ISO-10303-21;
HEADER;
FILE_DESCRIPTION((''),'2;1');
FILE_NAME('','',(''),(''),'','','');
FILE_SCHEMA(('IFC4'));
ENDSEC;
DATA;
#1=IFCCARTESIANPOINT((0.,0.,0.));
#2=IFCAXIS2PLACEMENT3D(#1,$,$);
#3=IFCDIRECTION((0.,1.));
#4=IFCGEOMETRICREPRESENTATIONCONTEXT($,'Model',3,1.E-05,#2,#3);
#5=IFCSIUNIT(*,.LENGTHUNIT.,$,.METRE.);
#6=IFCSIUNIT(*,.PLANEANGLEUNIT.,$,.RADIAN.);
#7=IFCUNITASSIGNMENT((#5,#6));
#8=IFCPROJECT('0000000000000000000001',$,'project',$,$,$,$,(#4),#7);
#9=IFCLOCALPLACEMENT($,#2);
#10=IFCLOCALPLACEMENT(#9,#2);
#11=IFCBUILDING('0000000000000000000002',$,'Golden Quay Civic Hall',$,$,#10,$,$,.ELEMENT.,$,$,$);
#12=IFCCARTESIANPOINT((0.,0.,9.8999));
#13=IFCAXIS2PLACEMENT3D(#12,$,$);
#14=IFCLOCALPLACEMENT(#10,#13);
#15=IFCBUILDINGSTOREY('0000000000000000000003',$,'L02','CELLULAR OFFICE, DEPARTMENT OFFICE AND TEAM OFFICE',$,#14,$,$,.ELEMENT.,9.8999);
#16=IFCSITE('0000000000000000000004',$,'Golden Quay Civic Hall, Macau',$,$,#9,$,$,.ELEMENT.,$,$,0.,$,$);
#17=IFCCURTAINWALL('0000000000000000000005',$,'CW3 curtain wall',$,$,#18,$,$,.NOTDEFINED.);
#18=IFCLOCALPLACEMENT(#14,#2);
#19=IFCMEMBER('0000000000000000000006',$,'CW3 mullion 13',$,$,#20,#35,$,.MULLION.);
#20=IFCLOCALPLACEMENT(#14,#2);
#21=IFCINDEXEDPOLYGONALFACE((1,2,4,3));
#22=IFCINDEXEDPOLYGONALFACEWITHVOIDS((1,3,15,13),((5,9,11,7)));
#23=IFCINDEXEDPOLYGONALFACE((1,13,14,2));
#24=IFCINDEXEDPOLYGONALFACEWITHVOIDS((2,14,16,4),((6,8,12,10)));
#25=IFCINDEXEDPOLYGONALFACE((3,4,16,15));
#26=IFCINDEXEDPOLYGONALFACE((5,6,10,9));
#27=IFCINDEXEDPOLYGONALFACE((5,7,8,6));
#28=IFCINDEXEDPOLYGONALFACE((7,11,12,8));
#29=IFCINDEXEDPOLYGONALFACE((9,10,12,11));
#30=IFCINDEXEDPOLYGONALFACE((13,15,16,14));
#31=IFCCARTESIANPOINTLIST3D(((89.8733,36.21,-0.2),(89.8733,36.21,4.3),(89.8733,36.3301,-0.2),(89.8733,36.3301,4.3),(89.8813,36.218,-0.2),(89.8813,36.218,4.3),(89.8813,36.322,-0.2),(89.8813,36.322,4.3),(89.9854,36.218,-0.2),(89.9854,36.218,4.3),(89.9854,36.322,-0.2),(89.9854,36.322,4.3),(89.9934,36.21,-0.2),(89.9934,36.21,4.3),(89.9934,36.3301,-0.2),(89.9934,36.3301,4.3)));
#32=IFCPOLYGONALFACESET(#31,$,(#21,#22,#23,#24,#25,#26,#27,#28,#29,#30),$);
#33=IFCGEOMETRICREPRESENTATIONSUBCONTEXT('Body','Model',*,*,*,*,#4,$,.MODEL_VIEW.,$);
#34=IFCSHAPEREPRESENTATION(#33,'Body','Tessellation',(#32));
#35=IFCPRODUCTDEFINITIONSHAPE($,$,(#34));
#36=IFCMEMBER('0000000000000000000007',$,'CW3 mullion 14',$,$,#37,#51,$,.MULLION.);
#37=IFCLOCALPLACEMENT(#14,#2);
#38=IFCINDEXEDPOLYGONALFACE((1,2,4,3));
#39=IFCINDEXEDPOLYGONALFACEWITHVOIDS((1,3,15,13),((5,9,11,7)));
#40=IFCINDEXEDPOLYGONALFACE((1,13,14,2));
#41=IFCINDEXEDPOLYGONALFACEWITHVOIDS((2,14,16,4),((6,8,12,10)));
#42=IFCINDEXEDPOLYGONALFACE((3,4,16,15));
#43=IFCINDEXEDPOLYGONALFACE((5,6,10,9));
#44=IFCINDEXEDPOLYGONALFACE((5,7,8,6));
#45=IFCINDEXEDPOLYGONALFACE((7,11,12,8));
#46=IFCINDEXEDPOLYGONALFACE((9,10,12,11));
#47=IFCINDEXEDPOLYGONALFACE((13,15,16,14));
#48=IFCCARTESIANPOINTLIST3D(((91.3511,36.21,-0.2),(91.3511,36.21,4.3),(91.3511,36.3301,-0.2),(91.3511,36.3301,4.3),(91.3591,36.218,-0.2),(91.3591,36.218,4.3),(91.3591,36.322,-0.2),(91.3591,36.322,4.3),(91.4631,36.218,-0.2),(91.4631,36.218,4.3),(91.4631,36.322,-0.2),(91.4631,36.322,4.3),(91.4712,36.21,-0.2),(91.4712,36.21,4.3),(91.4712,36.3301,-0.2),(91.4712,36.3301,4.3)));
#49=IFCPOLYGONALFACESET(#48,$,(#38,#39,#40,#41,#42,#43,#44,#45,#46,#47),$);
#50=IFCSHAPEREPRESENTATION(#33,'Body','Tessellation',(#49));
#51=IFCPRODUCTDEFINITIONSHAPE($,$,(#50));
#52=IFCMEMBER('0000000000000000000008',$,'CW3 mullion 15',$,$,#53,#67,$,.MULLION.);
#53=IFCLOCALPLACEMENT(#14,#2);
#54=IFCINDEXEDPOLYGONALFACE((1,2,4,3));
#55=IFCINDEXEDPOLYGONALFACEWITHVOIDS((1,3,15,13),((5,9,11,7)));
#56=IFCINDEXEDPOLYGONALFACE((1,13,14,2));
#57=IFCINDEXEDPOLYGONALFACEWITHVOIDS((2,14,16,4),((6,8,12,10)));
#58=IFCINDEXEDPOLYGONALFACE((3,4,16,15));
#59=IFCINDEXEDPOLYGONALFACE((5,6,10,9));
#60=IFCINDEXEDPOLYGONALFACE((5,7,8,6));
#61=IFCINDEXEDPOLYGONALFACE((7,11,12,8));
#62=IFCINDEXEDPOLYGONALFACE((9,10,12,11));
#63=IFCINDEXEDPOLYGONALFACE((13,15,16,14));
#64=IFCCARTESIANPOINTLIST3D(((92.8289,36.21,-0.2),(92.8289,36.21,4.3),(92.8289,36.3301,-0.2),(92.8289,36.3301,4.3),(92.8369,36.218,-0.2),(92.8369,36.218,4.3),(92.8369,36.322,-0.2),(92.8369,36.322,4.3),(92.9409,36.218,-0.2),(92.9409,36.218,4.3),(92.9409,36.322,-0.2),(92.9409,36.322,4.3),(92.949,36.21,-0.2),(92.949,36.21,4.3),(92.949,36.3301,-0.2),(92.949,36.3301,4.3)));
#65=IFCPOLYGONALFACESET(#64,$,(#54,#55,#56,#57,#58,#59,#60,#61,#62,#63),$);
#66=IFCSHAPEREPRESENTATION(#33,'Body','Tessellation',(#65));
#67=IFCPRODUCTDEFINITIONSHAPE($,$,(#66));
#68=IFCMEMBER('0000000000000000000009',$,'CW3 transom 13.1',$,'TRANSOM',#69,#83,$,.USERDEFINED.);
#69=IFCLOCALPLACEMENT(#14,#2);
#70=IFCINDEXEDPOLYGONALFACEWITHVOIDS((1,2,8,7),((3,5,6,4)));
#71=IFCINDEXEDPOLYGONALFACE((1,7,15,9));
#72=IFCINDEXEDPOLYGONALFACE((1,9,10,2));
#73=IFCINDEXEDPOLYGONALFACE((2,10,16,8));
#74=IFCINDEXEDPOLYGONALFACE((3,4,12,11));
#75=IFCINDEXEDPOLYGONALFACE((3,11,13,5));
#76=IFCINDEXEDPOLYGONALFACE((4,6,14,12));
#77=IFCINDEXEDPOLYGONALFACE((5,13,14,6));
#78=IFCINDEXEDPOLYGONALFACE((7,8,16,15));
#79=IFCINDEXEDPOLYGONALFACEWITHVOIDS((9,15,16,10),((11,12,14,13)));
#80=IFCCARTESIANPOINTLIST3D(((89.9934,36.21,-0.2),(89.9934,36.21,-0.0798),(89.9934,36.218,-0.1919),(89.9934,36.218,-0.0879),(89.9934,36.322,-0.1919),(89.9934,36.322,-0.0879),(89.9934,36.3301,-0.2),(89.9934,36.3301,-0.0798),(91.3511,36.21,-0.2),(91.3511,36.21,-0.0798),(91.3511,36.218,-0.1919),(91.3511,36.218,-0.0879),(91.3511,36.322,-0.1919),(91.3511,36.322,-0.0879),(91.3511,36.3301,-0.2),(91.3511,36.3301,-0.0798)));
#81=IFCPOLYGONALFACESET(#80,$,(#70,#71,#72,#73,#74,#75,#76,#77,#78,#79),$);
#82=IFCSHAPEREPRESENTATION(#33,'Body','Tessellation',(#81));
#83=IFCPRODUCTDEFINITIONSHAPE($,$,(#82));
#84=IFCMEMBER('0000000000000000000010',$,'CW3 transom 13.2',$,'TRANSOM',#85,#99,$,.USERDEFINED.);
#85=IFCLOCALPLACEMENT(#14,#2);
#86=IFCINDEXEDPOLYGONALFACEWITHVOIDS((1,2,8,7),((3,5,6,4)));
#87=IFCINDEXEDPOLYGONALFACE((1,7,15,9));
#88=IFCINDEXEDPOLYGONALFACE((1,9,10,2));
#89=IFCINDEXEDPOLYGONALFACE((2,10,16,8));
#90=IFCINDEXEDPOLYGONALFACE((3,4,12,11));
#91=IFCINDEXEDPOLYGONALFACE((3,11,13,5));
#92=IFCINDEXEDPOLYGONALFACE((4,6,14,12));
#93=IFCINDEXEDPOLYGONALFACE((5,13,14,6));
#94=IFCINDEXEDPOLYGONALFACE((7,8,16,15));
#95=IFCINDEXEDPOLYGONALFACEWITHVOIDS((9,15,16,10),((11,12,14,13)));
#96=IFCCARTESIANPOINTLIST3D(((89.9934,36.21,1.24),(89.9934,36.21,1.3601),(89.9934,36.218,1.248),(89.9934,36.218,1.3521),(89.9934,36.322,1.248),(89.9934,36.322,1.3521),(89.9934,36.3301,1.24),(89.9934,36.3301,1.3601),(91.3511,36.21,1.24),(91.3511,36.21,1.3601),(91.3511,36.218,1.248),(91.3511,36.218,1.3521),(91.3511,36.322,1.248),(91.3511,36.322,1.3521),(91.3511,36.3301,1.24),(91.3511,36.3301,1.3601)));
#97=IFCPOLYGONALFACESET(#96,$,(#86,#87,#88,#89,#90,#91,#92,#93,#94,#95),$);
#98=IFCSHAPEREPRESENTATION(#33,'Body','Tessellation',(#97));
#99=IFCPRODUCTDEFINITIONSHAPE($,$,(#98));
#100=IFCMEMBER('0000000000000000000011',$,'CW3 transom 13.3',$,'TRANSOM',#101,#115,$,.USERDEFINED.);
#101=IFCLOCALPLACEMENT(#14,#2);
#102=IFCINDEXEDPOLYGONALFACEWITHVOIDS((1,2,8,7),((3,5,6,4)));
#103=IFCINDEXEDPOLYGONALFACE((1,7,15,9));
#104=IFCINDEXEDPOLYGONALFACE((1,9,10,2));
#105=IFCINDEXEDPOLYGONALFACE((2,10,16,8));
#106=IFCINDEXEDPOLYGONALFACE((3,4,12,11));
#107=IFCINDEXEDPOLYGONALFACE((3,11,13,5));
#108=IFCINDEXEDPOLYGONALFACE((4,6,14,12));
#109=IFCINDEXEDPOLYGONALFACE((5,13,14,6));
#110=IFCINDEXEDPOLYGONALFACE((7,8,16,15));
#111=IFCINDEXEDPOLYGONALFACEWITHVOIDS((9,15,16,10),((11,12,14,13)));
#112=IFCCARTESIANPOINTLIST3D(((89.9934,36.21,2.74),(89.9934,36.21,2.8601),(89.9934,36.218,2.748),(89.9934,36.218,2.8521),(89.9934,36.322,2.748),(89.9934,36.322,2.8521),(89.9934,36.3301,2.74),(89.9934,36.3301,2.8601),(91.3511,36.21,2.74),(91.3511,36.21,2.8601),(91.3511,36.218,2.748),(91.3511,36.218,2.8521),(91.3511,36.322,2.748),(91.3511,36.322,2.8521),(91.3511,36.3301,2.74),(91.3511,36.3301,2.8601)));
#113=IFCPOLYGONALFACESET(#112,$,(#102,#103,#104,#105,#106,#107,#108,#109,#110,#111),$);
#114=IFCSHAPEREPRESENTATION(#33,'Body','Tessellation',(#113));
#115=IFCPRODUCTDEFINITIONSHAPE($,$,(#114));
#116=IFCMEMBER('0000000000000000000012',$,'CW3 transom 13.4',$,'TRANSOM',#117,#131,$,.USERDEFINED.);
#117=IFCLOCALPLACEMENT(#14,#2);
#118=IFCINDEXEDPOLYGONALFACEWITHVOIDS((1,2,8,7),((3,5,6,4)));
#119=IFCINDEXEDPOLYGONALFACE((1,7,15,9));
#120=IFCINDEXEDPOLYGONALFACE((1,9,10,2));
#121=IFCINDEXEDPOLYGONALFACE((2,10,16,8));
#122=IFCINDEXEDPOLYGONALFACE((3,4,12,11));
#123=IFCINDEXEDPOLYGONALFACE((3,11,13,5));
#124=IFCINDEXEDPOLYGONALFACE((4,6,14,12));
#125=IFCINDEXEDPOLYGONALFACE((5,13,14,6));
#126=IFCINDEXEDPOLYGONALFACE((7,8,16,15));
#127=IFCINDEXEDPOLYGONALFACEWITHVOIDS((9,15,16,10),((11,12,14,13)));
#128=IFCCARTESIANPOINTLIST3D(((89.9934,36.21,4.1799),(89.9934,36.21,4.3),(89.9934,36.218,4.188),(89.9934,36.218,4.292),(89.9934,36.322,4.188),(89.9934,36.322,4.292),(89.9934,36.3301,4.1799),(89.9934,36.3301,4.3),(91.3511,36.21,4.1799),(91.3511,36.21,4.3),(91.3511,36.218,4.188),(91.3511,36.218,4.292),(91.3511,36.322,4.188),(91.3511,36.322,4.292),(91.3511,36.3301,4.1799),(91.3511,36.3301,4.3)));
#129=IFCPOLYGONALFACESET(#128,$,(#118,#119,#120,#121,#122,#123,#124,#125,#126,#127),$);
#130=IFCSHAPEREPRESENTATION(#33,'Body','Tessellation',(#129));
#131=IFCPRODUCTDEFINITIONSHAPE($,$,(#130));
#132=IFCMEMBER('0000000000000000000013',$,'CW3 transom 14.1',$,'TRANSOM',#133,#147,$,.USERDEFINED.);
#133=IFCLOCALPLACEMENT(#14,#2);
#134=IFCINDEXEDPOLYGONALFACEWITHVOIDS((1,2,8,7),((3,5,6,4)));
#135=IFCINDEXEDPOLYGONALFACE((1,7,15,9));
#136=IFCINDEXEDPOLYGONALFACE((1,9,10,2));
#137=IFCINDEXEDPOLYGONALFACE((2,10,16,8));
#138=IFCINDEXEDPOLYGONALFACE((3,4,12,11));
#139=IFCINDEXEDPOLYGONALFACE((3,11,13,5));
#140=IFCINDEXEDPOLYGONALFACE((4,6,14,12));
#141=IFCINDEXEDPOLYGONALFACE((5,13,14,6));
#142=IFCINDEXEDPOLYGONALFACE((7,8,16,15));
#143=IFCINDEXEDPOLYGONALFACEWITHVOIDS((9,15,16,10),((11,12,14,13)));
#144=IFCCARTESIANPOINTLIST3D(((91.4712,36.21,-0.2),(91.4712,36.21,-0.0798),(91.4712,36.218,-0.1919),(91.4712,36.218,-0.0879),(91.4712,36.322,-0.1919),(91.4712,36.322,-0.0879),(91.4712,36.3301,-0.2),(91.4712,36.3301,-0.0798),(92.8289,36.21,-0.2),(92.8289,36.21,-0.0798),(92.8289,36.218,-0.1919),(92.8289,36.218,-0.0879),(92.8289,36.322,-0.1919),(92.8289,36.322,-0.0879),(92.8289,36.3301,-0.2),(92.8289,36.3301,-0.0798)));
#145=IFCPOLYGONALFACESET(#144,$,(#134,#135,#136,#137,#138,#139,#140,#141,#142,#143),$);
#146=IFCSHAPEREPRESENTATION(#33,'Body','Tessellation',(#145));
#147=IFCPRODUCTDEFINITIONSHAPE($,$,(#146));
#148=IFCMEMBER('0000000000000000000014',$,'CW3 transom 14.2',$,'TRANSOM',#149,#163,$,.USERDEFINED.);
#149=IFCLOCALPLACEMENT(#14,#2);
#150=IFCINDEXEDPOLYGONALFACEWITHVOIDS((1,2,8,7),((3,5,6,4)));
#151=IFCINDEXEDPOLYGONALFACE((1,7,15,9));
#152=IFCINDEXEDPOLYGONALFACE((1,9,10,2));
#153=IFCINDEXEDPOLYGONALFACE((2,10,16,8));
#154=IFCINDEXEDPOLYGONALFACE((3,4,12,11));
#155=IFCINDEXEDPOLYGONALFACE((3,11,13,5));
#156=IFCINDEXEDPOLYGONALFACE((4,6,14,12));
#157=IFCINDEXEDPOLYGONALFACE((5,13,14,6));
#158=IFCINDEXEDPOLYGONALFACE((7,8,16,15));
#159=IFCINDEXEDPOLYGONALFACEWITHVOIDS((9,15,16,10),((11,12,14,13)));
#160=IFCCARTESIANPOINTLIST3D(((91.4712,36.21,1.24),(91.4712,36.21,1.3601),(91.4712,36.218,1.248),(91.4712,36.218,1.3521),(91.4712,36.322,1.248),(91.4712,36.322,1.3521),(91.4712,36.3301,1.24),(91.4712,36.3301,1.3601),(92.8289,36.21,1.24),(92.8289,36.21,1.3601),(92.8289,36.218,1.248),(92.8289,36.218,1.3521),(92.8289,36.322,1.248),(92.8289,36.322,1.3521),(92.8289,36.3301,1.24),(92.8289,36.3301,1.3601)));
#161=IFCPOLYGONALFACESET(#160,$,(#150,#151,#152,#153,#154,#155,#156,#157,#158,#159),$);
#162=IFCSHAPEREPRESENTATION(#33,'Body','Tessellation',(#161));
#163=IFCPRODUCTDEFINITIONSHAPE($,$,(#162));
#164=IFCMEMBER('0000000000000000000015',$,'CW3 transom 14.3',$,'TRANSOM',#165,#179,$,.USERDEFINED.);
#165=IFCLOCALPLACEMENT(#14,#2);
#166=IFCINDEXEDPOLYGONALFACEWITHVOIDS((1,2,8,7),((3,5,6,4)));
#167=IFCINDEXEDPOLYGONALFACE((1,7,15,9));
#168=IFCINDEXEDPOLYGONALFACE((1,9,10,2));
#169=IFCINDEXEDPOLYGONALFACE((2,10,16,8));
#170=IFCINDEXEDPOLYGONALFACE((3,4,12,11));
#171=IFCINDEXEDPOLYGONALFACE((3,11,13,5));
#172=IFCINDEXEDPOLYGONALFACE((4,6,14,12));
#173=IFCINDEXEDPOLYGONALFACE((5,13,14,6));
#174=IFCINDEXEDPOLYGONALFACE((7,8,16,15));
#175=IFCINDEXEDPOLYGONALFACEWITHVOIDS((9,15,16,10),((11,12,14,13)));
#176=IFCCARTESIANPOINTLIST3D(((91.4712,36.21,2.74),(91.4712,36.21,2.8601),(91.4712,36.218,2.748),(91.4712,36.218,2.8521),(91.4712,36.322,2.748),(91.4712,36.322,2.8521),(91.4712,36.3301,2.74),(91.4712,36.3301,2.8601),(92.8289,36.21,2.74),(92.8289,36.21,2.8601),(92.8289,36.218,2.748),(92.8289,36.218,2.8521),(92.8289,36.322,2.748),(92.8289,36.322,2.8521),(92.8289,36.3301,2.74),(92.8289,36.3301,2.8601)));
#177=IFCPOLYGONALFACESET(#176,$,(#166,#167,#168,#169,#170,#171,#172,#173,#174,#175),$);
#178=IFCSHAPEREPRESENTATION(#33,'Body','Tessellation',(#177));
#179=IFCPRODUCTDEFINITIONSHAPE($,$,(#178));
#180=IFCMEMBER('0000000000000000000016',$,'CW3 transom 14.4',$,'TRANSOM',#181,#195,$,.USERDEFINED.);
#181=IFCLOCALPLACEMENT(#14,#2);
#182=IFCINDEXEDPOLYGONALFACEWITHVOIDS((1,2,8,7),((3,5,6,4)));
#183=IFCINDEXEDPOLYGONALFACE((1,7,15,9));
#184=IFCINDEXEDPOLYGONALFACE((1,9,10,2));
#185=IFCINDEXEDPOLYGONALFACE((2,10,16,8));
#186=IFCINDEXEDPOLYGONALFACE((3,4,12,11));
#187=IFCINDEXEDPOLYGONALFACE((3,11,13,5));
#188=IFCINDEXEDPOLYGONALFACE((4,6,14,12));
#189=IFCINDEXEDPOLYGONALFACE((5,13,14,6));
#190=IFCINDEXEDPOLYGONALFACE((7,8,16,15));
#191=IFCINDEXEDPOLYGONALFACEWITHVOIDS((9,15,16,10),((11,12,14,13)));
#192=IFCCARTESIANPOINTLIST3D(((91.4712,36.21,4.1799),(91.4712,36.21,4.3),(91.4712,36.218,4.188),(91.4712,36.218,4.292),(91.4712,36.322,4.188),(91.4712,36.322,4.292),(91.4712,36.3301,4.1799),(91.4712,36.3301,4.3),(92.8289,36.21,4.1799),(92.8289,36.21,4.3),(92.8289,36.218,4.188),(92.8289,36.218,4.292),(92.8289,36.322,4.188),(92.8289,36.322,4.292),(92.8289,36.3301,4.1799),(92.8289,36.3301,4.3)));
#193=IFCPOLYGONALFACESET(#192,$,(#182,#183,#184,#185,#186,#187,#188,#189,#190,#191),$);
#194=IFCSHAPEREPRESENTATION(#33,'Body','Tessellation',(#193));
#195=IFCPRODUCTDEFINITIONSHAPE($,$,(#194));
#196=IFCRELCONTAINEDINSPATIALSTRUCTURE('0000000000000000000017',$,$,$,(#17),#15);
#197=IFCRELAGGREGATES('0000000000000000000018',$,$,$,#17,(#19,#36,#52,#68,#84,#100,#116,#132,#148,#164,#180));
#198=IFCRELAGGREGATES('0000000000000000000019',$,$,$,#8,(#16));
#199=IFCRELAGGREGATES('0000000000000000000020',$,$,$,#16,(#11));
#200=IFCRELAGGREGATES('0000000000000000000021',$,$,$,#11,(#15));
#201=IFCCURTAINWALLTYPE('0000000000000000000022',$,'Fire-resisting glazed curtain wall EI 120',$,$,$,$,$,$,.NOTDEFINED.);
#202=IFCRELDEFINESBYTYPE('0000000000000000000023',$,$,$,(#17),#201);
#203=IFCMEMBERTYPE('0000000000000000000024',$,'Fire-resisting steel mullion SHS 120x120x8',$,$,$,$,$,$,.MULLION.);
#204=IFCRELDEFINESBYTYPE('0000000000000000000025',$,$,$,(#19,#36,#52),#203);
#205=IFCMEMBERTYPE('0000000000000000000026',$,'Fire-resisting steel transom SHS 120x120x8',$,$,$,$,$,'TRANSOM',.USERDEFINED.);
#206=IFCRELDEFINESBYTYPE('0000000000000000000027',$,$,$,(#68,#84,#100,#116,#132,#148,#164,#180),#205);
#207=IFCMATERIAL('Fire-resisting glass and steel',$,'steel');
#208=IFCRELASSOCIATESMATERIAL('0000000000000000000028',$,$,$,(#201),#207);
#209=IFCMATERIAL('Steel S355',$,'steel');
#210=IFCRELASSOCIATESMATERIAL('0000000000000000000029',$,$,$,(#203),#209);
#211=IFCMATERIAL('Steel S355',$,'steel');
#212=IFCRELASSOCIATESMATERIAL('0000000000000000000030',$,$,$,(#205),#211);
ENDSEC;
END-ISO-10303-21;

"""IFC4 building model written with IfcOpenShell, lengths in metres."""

from ifc_helpers import new_model, si_unit, direction, frame, origin, origin_2d, place, context, subcontext, project, spatial, hollow_rectangle, extrude, material, material_profile, profile_set, type_object, element, aggregate, save


model = new_model("IFC4")

# Units and contexts
model_context = context("Model", 3, precision=1e-05, world=origin(), true_north=direction((0.0, 1.0)))
body_context = subcontext(model_context, "Body", "Model", "MODEL_VIEW")
ifc_project = project(units=[si_unit("LENGTHUNIT", "METRE"), si_unit("PLANEANGLEUNIT", "RADIAN")], contexts=[model_context])

# Site, building, storey
site_placement = place(None, origin())
site = spatial("IfcSite", under=ifc_project, at=site_placement, Name="Golden Quay Civic Hall, Macau", CompositionType="ELEMENT", RefElevation=0.0)
building_placement = place(site_placement, origin())
building = spatial("IfcBuilding", under=site, at=building_placement, Name="Golden Quay Civic Hall", CompositionType="ELEMENT")
storey_placement = place(building_placement, frame((0.0, 0.0, 9.8999)))
storey = spatial("IfcBuildingStorey", under=building, at=storey_placement, Name="L02", Description="CELLULAR OFFICE, DEPARTMENT OFFICE AND TEAM OFFICE", CompositionType="ELEMENT", Elevation=9.8999)

# Curtain wall, members
ifc_material_1 = material(Name="Fire-resisting glass and steel", Category="steel")
curtain_wall_type = type_object("IfcCurtainWallType", Name="Fire-resisting glazed curtain wall EI 120", PredefinedType="NOTDEFINED", material=ifc_material_1)
curtain_wall_placement = place(storey_placement, origin())
curtain_wall = element("IfcCurtainWall", 1, at=curtain_wall_placement, inside=storey, type_object=curtain_wall_type, Name="CW3 curtain wall", PredefinedType="NOTDEFINED")
ifc_material_2 = material(Name="Steel S355", Category="steel")
ifc_material_profile_1 = material_profile(ifc_material_2, hollow_rectangle(XDim=0.1201, YDim=0.1201, WallThickness=0.0081, at=origin_2d()), Name="SHS 120x120x8")
ifc_profile_set_1 = profile_set([ifc_material_profile_1], Name="Steel S355")
member_type_1 = type_object("IfcMemberType", Name="Fire-resisting steel mullion SHS 120x120x8", PredefinedType="MULLION", material=ifc_profile_set_1)
member_1_placement = place(storey_placement, frame((89.9333, 36.27, -0.2), z_axis=(0.0, 0.0, 1.0), x_axis=(0.0, 1.0, 0.0)))
member_1 = element("IfcMember", 2, at=member_1_placement, type_object=member_type_1, Name="CW3 mullion 13", PredefinedType="MULLION", context=body_context, shape_type="SweptSolid", body=[
    extrude(hollow_rectangle(XDim=0.1201, YDim=0.1201, WallThickness=0.0081, at=origin_2d()), origin(), (0.0, 0.0, 1.0), 4.5),
])
member_2_placement = place(storey_placement, frame((91.4111, 36.27, -0.2), z_axis=(0.0, 0.0, 1.0), x_axis=(0.0, 1.0, 0.0)))
member_2 = element("IfcMember", 3, at=member_2_placement, type_object=member_type_1, Name="CW3 mullion 14", PredefinedType="MULLION", context=body_context, shape_type="SweptSolid", body=[
    extrude(hollow_rectangle(XDim=0.1201, YDim=0.1201, WallThickness=0.0081, at=origin_2d()), origin(), (0.0, 0.0, 1.0), 4.5),
])
member_3_placement = place(storey_placement, frame((92.8889, 36.27, -0.2), z_axis=(0.0, 0.0, 1.0), x_axis=(0.0, 1.0, 0.0)))
member_3 = element("IfcMember", 4, at=member_3_placement, type_object=member_type_1, Name="CW3 mullion 15", PredefinedType="MULLION", context=body_context, shape_type="SweptSolid", body=[
    extrude(hollow_rectangle(XDim=0.1201, YDim=0.1201, WallThickness=0.0081, at=origin_2d()), origin(), (0.0, 0.0, 1.0), 4.5),
])
ifc_material_3 = material(Name="Steel S355", Category="steel")
ifc_material_profile_2 = material_profile(ifc_material_3, hollow_rectangle(XDim=0.1201, YDim=0.1201, WallThickness=0.0081, at=origin_2d()), Name="SHS 120x120x8")
ifc_profile_set_2 = profile_set([ifc_material_profile_2], Name="Steel S355")
member_type_2 = type_object("IfcMemberType", Name="Fire-resisting steel transom SHS 120x120x8", ElementType="TRANSOM", PredefinedType="USERDEFINED", material=ifc_profile_set_2)
member_4_placement = place(storey_placement, frame((89.9934, 36.27, -0.1399), z_axis=(1.0, 0.0, 0.0), x_axis=(0.0, 1.0, 0.0)))
member_4 = element("IfcMember", 5, at=member_4_placement, type_object=member_type_2, Name="CW3 transom 13.1", ObjectType="TRANSOM", PredefinedType="USERDEFINED", context=body_context, shape_type="SweptSolid", body=[
    extrude(hollow_rectangle(XDim=0.1201, YDim=0.1201, WallThickness=0.0081, at=origin_2d()), origin(), (0.0, 0.0, 1.0), 1.3577),
])
member_5_placement = place(storey_placement, frame((89.9934, 36.27, 1.3), z_axis=(1.0, 0.0, 0.0), x_axis=(0.0, 1.0, 0.0)))
member_5 = element("IfcMember", 6, at=member_5_placement, type_object=member_type_2, Name="CW3 transom 13.2", ObjectType="TRANSOM", PredefinedType="USERDEFINED", context=body_context, shape_type="SweptSolid", body=[
    extrude(hollow_rectangle(XDim=0.1201, YDim=0.1201, WallThickness=0.0081, at=origin_2d()), origin(), (0.0, 0.0, 1.0), 1.3577),
])
member_6_placement = place(storey_placement, frame((89.9934, 36.27, 2.8), z_axis=(1.0, 0.0, 0.0), x_axis=(0.0, 1.0, 0.0)))
member_6 = element("IfcMember", 7, at=member_6_placement, type_object=member_type_2, Name="CW3 transom 13.3", ObjectType="TRANSOM", PredefinedType="USERDEFINED", context=body_context, shape_type="SweptSolid", body=[
    extrude(hollow_rectangle(XDim=0.1201, YDim=0.1201, WallThickness=0.0081, at=origin_2d()), origin(), (0.0, 0.0, 1.0), 1.3577),
])
member_7_placement = place(storey_placement, frame((89.9934, 36.27, 4.24), z_axis=(1.0, 0.0, 0.0), x_axis=(0.0, 1.0, 0.0)))
member_7 = element("IfcMember", 8, at=member_7_placement, type_object=member_type_2, Name="CW3 transom 13.4", ObjectType="TRANSOM", PredefinedType="USERDEFINED", context=body_context, shape_type="SweptSolid", body=[
    extrude(hollow_rectangle(XDim=0.1201, YDim=0.1201, WallThickness=0.0081, at=origin_2d()), origin(), (0.0, 0.0, 1.0), 1.3577),
])
member_8_placement = place(storey_placement, frame((91.4712, 36.27, -0.1399), z_axis=(1.0, 0.0, 0.0), x_axis=(0.0, 1.0, 0.0)))
member_8 = element("IfcMember", 9, at=member_8_placement, type_object=member_type_2, Name="CW3 transom 14.1", ObjectType="TRANSOM", PredefinedType="USERDEFINED", context=body_context, shape_type="SweptSolid", body=[
    extrude(hollow_rectangle(XDim=0.1201, YDim=0.1201, WallThickness=0.0081, at=origin_2d()), origin(), (0.0, 0.0, 1.0), 1.3577),
])
member_9_placement = place(storey_placement, frame((91.4712, 36.27, 1.3), z_axis=(1.0, 0.0, 0.0), x_axis=(0.0, 1.0, 0.0)))
member_9 = element("IfcMember", 10, at=member_9_placement, type_object=member_type_2, Name="CW3 transom 14.2", ObjectType="TRANSOM", PredefinedType="USERDEFINED", context=body_context, shape_type="SweptSolid", body=[
    extrude(hollow_rectangle(XDim=0.1201, YDim=0.1201, WallThickness=0.0081, at=origin_2d()), origin(), (0.0, 0.0, 1.0), 1.3577),
])
member_10_placement = place(storey_placement, frame((91.4712, 36.27, 2.8), z_axis=(1.0, 0.0, 0.0), x_axis=(0.0, 1.0, 0.0)))
member_10 = element("IfcMember", 11, at=member_10_placement, type_object=member_type_2, Name="CW3 transom 14.3", ObjectType="TRANSOM", PredefinedType="USERDEFINED", context=body_context, shape_type="SweptSolid", body=[
    extrude(hollow_rectangle(XDim=0.1201, YDim=0.1201, WallThickness=0.0081, at=origin_2d()), origin(), (0.0, 0.0, 1.0), 1.3577),
])
member_11_placement = place(storey_placement, frame((91.4712, 36.27, 4.24), z_axis=(1.0, 0.0, 0.0), x_axis=(0.0, 1.0, 0.0)))
member_11 = element("IfcMember", 12, at=member_11_placement, type_object=member_type_2, Name="CW3 transom 14.4", ObjectType="TRANSOM", PredefinedType="USERDEFINED", context=body_context, shape_type="SweptSolid", body=[
    extrude(hollow_rectangle(XDim=0.1201, YDim=0.1201, WallThickness=0.0081, at=origin_2d()), origin(), (0.0, 0.0, 1.0), 1.3577),
])
aggregate(curtain_wall, [member_1, member_2, member_3, member_4, member_5, member_6, member_7, member_8, member_9, member_10, member_11])

save(model, "model.ifc")
